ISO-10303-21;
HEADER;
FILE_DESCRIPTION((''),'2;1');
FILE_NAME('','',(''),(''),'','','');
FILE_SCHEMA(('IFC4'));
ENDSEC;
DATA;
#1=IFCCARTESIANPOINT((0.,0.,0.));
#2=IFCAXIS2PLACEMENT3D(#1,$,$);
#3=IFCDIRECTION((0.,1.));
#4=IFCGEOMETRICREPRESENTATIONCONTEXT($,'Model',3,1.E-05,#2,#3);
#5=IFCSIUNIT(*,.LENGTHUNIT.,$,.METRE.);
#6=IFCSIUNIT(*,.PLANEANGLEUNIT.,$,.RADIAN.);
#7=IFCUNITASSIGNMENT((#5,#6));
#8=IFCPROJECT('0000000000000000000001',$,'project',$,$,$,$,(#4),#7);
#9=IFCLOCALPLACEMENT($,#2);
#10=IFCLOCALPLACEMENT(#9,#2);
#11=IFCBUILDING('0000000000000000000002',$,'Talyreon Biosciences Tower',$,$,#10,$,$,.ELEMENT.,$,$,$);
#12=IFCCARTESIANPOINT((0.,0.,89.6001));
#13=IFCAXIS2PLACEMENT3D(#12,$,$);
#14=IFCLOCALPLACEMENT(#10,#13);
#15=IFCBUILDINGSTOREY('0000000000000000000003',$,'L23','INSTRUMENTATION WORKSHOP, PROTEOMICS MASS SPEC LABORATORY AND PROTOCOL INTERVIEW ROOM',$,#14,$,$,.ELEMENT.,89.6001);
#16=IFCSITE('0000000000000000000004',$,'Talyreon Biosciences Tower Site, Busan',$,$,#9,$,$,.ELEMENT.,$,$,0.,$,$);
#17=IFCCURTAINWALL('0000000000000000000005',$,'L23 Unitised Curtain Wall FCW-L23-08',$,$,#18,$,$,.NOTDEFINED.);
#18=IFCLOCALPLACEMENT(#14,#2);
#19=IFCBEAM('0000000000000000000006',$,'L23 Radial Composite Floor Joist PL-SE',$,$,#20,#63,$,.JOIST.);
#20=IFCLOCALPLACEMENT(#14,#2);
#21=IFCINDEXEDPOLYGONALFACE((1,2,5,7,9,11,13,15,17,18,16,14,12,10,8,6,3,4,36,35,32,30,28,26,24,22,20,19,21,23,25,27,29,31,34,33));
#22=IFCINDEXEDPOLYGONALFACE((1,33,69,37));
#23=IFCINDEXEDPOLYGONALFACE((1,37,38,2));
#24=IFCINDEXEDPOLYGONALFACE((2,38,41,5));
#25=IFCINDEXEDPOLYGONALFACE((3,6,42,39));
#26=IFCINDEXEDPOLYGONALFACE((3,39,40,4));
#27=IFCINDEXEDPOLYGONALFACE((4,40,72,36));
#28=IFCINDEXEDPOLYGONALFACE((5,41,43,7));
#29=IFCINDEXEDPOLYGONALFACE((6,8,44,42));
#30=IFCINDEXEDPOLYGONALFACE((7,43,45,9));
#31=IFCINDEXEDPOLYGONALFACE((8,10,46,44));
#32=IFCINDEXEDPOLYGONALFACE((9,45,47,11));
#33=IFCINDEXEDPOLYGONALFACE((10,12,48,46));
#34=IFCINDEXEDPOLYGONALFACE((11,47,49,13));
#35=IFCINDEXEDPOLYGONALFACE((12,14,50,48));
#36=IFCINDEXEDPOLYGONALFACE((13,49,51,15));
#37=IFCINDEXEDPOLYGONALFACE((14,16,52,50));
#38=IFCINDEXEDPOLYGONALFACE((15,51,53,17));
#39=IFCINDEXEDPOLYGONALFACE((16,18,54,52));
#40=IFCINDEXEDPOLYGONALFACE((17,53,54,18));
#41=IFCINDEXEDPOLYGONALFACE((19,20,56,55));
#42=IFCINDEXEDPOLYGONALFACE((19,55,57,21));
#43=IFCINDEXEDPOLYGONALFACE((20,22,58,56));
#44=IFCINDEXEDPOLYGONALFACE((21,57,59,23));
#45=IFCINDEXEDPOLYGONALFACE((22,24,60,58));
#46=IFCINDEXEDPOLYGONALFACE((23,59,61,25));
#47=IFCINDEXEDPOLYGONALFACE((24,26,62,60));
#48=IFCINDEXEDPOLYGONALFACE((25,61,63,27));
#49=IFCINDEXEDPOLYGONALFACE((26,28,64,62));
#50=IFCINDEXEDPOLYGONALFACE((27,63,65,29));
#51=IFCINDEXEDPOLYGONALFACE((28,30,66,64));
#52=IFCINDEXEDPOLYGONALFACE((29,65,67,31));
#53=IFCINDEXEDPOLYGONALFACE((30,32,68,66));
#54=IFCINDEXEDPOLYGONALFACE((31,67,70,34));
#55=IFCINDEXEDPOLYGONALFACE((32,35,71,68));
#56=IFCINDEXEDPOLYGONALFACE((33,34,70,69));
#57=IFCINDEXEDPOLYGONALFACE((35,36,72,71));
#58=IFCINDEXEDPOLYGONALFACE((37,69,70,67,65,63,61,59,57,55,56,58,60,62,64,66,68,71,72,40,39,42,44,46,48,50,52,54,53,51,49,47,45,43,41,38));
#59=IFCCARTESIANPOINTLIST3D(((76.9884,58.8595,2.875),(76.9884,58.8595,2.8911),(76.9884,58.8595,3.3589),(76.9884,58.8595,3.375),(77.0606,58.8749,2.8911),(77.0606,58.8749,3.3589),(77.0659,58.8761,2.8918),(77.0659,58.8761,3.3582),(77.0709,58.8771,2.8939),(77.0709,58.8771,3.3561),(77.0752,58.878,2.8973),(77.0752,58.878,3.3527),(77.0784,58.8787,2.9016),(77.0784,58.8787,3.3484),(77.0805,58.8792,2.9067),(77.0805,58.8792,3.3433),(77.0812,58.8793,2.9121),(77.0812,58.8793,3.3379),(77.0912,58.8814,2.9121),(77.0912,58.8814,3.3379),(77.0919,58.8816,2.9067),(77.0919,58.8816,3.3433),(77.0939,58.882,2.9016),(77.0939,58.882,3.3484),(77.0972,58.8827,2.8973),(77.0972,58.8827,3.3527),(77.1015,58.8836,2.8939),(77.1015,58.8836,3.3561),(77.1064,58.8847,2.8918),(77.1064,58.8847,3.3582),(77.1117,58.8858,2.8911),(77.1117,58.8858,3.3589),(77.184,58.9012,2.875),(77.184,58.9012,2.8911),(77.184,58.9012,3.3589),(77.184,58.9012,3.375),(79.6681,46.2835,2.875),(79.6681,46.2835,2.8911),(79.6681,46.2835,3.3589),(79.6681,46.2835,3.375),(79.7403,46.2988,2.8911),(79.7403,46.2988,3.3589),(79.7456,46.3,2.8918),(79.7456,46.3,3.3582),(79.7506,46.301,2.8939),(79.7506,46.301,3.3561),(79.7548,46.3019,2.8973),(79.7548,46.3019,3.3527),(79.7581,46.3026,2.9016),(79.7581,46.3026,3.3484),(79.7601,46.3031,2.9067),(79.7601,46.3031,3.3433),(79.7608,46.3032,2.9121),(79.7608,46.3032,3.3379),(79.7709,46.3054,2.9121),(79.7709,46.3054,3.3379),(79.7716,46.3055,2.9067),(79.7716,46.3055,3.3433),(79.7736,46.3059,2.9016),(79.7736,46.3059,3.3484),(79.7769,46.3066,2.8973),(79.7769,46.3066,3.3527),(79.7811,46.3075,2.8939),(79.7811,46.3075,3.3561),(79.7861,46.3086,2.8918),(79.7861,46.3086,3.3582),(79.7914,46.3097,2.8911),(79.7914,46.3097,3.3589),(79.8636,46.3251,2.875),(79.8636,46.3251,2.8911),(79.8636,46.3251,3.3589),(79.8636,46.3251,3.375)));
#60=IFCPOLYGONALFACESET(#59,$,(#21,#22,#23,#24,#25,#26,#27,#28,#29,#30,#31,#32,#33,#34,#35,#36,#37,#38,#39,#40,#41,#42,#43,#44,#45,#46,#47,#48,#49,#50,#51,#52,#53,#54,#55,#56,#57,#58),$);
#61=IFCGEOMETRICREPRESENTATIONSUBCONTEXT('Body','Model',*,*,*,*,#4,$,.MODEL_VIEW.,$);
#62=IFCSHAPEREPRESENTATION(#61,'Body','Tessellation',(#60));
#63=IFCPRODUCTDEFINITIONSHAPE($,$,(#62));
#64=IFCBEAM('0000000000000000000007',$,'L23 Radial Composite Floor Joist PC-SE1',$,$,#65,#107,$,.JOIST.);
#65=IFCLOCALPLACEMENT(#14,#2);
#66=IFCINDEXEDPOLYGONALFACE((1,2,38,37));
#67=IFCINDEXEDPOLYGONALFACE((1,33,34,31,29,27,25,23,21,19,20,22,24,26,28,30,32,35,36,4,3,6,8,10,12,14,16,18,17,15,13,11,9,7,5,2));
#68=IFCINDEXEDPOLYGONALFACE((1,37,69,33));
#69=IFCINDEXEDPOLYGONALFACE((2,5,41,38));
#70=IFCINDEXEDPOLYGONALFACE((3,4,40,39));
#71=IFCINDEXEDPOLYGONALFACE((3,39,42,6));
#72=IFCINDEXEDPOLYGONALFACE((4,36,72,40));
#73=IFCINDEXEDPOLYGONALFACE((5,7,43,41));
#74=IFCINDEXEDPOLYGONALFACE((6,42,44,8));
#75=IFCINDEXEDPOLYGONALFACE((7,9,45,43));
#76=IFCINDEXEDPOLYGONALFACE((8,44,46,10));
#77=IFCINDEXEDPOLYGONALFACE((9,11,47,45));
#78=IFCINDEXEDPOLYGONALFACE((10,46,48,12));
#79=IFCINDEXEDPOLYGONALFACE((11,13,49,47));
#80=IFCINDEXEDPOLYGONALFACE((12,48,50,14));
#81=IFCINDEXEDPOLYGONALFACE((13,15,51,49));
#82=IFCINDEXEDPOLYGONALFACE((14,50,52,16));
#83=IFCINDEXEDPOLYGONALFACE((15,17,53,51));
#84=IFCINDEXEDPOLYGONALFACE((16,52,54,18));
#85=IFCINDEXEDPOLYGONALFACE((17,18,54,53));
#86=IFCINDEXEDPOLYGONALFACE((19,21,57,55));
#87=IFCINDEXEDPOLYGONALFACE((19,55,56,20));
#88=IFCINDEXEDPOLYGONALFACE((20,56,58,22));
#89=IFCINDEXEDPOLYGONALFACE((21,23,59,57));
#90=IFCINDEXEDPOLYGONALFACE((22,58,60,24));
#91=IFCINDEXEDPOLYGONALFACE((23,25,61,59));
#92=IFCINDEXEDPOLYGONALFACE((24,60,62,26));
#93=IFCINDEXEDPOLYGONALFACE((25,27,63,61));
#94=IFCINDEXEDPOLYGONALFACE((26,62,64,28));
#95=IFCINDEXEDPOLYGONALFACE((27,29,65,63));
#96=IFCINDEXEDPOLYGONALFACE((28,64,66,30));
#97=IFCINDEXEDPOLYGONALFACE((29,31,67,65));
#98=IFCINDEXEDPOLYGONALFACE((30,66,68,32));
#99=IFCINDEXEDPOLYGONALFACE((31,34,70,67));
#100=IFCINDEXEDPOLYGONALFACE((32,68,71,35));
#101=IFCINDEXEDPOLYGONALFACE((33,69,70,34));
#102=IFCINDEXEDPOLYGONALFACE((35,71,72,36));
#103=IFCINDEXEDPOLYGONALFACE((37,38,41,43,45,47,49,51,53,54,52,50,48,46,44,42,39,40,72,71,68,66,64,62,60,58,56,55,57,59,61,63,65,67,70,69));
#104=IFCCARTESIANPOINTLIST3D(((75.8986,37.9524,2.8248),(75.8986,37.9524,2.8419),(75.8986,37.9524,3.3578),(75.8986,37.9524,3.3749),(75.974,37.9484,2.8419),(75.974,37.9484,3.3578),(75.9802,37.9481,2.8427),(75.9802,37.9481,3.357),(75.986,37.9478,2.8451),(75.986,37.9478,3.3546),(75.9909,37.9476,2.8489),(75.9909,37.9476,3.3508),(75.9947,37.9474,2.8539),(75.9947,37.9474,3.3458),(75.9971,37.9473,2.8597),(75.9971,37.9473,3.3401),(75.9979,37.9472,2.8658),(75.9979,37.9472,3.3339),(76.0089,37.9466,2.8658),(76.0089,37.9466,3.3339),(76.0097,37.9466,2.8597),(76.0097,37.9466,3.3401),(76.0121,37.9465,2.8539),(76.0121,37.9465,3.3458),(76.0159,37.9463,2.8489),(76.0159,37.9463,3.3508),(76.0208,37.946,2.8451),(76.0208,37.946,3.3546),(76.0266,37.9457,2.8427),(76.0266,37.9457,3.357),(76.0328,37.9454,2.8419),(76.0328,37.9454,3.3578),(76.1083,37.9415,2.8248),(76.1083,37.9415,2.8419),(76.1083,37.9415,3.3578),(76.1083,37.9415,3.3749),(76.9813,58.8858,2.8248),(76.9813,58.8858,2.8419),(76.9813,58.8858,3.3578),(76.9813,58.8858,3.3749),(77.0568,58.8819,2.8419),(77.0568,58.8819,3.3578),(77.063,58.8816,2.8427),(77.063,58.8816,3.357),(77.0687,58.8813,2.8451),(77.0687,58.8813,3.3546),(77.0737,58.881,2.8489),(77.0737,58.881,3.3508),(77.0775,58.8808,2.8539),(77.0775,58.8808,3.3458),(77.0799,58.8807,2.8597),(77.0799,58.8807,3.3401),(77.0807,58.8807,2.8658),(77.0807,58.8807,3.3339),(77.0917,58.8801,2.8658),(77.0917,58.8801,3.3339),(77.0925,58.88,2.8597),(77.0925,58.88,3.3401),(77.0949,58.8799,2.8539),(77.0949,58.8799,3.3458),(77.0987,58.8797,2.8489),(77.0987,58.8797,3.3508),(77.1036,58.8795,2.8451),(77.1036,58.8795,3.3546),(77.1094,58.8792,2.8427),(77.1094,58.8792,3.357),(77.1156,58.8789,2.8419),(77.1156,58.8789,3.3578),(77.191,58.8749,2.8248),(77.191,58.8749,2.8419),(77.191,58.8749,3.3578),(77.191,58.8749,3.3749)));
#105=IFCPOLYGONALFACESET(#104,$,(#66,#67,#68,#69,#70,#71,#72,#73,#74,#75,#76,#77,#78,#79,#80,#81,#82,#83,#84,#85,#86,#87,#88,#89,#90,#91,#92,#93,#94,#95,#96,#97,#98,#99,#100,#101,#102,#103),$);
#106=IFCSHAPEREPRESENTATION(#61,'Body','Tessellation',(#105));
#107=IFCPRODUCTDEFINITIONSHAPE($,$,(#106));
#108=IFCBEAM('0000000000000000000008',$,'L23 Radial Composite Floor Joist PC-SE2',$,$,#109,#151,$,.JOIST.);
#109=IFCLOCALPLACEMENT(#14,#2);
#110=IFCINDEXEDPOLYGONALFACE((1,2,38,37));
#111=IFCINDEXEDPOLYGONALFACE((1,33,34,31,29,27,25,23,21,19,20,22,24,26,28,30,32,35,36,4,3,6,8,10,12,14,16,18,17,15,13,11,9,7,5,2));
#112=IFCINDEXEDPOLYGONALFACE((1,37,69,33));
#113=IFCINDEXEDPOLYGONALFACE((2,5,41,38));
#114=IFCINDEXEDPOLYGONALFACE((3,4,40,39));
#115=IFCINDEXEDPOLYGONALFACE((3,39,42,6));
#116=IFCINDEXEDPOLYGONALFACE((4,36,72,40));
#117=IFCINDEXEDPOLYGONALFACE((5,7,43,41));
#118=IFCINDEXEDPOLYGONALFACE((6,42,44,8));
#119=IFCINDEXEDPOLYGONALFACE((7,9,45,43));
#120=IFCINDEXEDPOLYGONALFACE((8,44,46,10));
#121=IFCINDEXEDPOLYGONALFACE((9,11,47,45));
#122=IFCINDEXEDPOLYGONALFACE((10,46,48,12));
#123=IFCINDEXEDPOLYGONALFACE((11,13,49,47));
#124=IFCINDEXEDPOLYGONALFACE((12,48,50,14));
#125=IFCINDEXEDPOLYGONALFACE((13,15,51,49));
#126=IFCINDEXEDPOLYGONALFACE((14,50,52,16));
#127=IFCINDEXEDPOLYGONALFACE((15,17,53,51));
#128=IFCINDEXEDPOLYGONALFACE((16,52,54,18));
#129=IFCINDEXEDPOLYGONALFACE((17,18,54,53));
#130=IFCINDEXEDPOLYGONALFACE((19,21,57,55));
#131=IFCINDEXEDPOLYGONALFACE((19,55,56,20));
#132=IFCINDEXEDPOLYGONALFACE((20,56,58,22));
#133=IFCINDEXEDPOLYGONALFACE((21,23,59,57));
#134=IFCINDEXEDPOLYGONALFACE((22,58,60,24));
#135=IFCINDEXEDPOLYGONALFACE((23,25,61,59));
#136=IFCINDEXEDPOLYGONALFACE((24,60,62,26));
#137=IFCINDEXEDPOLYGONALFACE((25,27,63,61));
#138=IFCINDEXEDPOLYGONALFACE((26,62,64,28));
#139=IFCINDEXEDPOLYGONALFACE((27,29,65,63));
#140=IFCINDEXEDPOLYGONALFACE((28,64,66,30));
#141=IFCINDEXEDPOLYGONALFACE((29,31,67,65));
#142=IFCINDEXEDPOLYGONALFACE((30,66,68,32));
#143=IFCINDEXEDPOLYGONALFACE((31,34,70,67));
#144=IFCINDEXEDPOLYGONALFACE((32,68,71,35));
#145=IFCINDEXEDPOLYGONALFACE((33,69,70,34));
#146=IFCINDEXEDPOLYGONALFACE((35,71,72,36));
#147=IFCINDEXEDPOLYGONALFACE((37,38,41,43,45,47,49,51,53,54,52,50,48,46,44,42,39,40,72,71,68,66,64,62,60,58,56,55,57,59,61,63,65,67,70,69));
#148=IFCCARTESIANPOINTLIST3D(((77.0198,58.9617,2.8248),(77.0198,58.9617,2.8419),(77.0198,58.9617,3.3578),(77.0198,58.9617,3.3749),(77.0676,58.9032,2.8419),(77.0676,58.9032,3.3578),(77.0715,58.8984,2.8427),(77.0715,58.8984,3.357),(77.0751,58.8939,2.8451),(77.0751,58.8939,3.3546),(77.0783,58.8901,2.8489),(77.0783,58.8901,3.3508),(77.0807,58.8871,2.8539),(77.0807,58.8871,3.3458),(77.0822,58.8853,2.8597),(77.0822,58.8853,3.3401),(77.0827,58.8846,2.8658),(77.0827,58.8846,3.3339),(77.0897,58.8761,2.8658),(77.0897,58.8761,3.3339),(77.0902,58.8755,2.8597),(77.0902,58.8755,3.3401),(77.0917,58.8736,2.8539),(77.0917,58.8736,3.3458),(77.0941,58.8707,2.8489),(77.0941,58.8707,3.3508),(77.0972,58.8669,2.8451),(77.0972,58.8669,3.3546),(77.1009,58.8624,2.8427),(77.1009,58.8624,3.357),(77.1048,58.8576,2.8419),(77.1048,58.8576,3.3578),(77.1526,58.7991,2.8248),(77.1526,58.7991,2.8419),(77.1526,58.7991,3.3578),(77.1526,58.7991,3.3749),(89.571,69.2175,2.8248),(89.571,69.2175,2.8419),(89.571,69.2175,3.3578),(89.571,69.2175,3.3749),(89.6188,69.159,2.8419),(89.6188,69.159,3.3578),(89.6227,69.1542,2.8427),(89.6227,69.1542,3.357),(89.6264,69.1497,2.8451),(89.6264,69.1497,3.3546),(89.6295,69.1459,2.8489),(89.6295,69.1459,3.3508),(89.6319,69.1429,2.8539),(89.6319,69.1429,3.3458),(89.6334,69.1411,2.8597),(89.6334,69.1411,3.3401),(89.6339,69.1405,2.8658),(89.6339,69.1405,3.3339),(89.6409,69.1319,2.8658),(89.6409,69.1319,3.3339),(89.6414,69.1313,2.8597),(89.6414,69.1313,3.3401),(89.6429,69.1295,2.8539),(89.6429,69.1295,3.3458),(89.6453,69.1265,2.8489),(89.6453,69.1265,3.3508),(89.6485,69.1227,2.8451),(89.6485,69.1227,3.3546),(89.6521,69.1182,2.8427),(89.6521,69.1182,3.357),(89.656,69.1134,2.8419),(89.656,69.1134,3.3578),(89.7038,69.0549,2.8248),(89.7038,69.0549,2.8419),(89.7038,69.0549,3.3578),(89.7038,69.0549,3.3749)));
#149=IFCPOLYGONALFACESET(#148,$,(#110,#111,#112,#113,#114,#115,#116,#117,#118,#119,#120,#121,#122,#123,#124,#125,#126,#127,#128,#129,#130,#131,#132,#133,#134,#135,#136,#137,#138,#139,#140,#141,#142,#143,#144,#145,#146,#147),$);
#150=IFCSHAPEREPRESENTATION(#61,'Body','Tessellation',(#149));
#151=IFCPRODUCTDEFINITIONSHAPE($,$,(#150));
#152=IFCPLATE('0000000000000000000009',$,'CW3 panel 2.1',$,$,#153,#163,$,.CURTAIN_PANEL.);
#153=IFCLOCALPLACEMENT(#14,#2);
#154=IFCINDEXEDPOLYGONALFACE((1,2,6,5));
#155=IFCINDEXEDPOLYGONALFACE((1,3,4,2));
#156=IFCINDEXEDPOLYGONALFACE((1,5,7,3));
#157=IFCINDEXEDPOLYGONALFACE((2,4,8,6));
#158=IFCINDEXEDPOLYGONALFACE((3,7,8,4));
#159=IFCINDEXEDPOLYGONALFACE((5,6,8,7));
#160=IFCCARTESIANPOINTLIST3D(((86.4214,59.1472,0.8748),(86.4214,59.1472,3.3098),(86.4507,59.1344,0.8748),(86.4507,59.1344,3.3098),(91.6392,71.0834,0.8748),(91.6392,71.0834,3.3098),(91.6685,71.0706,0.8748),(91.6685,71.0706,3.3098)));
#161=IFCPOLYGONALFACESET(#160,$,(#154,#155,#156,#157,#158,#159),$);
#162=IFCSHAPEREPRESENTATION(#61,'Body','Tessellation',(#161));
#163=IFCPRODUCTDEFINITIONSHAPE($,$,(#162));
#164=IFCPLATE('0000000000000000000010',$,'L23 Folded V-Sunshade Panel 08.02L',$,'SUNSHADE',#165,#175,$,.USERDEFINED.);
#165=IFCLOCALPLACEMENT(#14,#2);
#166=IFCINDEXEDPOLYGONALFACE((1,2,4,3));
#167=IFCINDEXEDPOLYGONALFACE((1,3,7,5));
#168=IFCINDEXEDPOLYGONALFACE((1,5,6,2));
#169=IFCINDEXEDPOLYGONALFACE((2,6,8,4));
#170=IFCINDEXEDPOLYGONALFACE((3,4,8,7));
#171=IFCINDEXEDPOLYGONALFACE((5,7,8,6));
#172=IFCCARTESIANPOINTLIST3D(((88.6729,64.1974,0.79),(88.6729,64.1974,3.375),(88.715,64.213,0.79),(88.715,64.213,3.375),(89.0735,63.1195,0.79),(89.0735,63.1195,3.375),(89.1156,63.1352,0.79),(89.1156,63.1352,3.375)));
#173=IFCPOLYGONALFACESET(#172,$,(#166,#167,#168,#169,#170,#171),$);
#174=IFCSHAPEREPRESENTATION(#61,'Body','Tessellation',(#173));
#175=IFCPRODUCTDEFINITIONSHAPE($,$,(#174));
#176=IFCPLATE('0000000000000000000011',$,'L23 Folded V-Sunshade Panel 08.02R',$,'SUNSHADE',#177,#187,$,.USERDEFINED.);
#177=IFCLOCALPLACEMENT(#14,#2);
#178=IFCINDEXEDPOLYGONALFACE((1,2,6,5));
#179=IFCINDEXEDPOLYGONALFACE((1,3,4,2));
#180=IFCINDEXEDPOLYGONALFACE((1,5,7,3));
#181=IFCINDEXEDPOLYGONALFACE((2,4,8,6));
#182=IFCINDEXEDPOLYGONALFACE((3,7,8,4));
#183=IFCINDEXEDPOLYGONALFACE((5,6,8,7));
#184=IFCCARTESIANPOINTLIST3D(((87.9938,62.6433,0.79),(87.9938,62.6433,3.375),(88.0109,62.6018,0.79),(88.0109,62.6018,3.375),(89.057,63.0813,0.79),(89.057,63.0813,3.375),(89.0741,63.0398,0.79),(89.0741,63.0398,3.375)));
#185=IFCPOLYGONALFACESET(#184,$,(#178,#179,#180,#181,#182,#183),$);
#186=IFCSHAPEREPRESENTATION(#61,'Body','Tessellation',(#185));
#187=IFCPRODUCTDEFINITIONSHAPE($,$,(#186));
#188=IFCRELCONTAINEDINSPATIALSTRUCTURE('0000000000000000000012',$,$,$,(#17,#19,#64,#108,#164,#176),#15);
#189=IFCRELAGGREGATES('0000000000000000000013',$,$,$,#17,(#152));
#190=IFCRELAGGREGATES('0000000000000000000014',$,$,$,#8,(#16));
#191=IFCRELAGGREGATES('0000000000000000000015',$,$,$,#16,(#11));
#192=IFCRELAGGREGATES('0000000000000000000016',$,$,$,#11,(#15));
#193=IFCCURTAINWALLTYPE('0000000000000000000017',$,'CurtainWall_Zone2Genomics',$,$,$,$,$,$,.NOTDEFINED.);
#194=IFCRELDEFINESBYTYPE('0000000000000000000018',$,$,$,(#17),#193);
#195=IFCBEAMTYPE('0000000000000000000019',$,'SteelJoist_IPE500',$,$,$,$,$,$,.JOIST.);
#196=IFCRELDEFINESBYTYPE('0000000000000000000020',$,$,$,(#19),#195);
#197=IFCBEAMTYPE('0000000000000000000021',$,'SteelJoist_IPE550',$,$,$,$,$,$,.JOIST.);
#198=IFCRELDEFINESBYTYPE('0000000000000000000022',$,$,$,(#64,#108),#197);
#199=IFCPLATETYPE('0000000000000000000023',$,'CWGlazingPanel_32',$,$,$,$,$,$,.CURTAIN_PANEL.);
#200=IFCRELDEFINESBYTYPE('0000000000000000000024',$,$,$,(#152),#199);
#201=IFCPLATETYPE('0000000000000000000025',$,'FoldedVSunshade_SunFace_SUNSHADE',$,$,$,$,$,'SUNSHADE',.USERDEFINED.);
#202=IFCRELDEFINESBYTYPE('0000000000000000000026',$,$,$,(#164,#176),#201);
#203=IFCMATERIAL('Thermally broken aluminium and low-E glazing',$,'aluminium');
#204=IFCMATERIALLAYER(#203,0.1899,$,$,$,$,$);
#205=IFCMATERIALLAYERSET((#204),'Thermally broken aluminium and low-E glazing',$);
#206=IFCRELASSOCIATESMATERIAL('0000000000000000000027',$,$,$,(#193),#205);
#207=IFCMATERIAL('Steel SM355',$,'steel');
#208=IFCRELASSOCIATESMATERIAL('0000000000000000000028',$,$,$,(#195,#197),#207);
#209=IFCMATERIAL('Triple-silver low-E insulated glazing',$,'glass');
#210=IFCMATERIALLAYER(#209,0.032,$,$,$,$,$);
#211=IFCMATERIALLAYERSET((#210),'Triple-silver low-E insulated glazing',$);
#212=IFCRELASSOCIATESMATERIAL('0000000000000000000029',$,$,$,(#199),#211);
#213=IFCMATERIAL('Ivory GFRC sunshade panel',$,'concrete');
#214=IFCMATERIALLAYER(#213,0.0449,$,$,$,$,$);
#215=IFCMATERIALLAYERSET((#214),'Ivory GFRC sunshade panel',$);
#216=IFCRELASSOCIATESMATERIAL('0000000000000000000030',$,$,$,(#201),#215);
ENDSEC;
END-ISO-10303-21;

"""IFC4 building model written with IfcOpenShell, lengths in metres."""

from ifc_helpers import new_model, si_unit, direction, frame, origin, origin_2d, place, context, subcontext, project, spatial, rectangle, i_section, extrude, material, layer, layer_set, material_profile, profile_set, type_object, element, aggregate, save


model = new_model("IFC4")

# Units and contexts
model_context = context("Model", 3, precision=1e-05, world=origin(), true_north=direction((0.0, 1.0)))
body_context = subcontext(model_context, "Body", "Model", "MODEL_VIEW")
ifc_project = project(units=[si_unit("LENGTHUNIT", "METRE"), si_unit("PLANEANGLEUNIT", "RADIAN")], contexts=[model_context])

# Site, building, storey
site_placement = place(None, origin())
site = spatial("IfcSite", under=ifc_project, at=site_placement, Name="Talyreon Biosciences Tower Site, Busan", CompositionType="ELEMENT", RefElevation=0.0)
building_placement = place(site_placement, origin())
building = spatial("IfcBuilding", under=site, at=building_placement, Name="Talyreon Biosciences Tower", CompositionType="ELEMENT")
storey_placement = place(building_placement, frame((0.0, 0.0, 89.6001)))
storey = spatial("IfcBuildingStorey", under=building, at=storey_placement, Name="L23", Description="INSTRUMENTATION WORKSHOP, PROTEOMICS MASS SPEC LABORATORY AND PROTOCOL INTERVIEW ROOM", CompositionType="ELEMENT", Elevation=89.6001)

# Curtain wall
ifc_material_1 = material(Name="Thermally broken aluminium and low-E glazing", Category="aluminium")
ifc_layer_1 = layer(ifc_material_1, 0.1899)
ifc_layer_set_1 = layer_set([ifc_layer_1], Name="Thermally broken aluminium and low-E glazing")
curtain_wall_type = type_object("IfcCurtainWallType", Name="CurtainWall_Zone2Genomics", PredefinedType="NOTDEFINED", material=ifc_layer_set_1)
curtain_wall_placement = place(storey_placement, origin())
curtain_wall = element("IfcCurtainWall", 1, at=curtain_wall_placement, inside=storey, type_object=curtain_wall_type, Name="L23 Unitised Curtain Wall FCW-L23-08", PredefinedType="NOTDEFINED")

# Beams
ifc_material_2 = material(Name="Steel SM355", Category="steel")
ifc_material_profile_1 = material_profile(ifc_material_2, i_section(OverallWidth=0.2, OverallDepth=0.5, WebThickness=0.0103, FlangeThickness=0.0161, FilletRadius=0.021, at=origin_2d()), Name="IPE500")
ifc_profile_set_1 = profile_set([ifc_material_profile_1], Name="Steel SM355")
beam_type_1 = type_object("IfcBeamType", Name="SteelJoist_IPE500", PredefinedType="JOIST", material=ifc_profile_set_1)
beam_1_placement = place(storey_placement, frame((77.0862, 58.8804, 3.125), z_axis=(0.208398, -0.978044, 0.0), x_axis=(0.978044, 0.208398, 0.0)))
element("IfcBeam", 2, at=beam_1_placement, inside=storey, type_object=beam_type_1, Name="L23 Radial Composite Floor Joist PL-SE", PredefinedType="JOIST", context=body_context, shape_type="SweptSolid", body=[
    extrude(i_section(OverallWidth=0.2, OverallDepth=0.5, WebThickness=0.0103, FlangeThickness=0.0161, FilletRadius=0.021, at=origin_2d()), origin(), (0.0, 0.0, 1.0), 12.8584),
])
ifc_material_profile_2 = material_profile(ifc_material_2, i_section(OverallWidth=0.21, OverallDepth=0.55, WebThickness=0.011, FlangeThickness=0.0171, FilletRadius=0.0239, at=origin_2d()), Name="IPE550")
ifc_profile_set_2 = profile_set([ifc_material_profile_2], Name="Steel SM355")
beam_type_2 = type_object("IfcBeamType", Name="SteelJoist_IPE550", PredefinedType="JOIST", material=ifc_profile_set_2)
beam_2_placement = place(storey_placement, frame((77.0862, 58.8804, 3.0999), z_axis=(-0.051655, -0.998665, 0.0), x_axis=(0.998665, -0.051655, 0.0)))
element("IfcBeam", 3, at=beam_2_placement, inside=storey, type_object=beam_type_2, Name="L23 Radial Composite Floor Joist PC-SE1", PredefinedType="JOIST", context=body_context, shape_type="SweptSolid", body=[
    extrude(i_section(OverallWidth=0.21, OverallDepth=0.55, WebThickness=0.011, FlangeThickness=0.0171, FilletRadius=0.0239, at=origin_2d()), origin(), (0.0, 0.0, 1.0), 20.9614),
])
beam_3_placement = place(storey_placement, frame((77.0862, 58.8804, 3.0999), z_axis=(0.774361, 0.632744, 0.0), x_axis=(-0.632744, 0.774361, 0.0)))
element("IfcBeam", 4, at=beam_3_placement, inside=storey, type_object=beam_type_2, Name="L23 Radial Composite Floor Joist PC-SE2", PredefinedType="JOIST", context=body_context, shape_type="SweptSolid", body=[
    extrude(i_section(OverallWidth=0.21, OverallDepth=0.55, WebThickness=0.011, FlangeThickness=0.0171, FilletRadius=0.0239, at=origin_2d()), origin(), (0.0, 0.0, 1.0), 16.2085),
])

# Plate
ifc_material_3 = material(Name="Triple-silver low-E insulated glazing", Category="glass")
ifc_layer_2 = layer(ifc_material_3, 0.032)
ifc_layer_set_2 = layer_set([ifc_layer_2], Name="Triple-silver low-E insulated glazing")
plate_type_1 = type_object("IfcPlateType", Name="CWGlazingPanel_32", PredefinedType="CURTAIN_PANEL", material=ifc_layer_set_2)
plate_placement = place(storey_placement, frame((89.0449, 65.1089, 0.8748), z_axis=(0.0, 0.0, 1.0), x_axis=(-0.400542, -0.916278, 0.0)))
plate = element("IfcPlate", 5, at=plate_placement, type_object=plate_type_1, Name="CW3 panel 2.1", PredefinedType="CURTAIN_PANEL", context=body_context, shape_type="SweptSolid", body=[
    extrude(rectangle(XDim=13.0269, YDim=0.032, at=origin_2d()), origin(), (0.0, 0.0, 1.0), 2.4351),
])
aggregate(curtain_wall, [plate])

# Plates
ifc_material_4 = material(Name="Ivory GFRC sunshade panel", Category="concrete")
ifc_layer_3 = layer(ifc_material_4, 0.0449)
ifc_layer_set_3 = layer_set([ifc_layer_3], Name="Ivory GFRC sunshade panel")
plate_type_2 = type_object("IfcPlateType", Name="FoldedVSunshade_SunFace_SUNSHADE", ElementType="SUNSHADE", PredefinedType="USERDEFINED", material=ifc_layer_set_3)
for number, where, z_axis, x_axis, name in (
    (6, (88.8943, 63.6663, 0.79), (0.0, 0.0, 1.0), (0.348376, -0.937355, 0.0), "L23 Folded V-Sunshade Panel 08.02L"),
    (7, (88.5339, 62.8416, 0.79), (0.0, 0.0, 1.0), (-0.924626, -0.380877, 0.0), "L23 Folded V-Sunshade Panel 08.02R"),
):
    element("IfcPlate", number, at=place(storey_placement, frame(where, z_axis=z_axis, x_axis=x_axis)), inside=storey, type_object=plate_type_2, Name=name, ObjectType="SUNSHADE", PredefinedType="USERDEFINED", context=body_context, shape_type="SweptSolid", body=[
        extrude(rectangle(XDim=1.1499, YDim=0.0449, at=origin_2d()), origin(), (0.0, 0.0, 1.0), 2.585),
    ])

save(model, "model.ifc")
